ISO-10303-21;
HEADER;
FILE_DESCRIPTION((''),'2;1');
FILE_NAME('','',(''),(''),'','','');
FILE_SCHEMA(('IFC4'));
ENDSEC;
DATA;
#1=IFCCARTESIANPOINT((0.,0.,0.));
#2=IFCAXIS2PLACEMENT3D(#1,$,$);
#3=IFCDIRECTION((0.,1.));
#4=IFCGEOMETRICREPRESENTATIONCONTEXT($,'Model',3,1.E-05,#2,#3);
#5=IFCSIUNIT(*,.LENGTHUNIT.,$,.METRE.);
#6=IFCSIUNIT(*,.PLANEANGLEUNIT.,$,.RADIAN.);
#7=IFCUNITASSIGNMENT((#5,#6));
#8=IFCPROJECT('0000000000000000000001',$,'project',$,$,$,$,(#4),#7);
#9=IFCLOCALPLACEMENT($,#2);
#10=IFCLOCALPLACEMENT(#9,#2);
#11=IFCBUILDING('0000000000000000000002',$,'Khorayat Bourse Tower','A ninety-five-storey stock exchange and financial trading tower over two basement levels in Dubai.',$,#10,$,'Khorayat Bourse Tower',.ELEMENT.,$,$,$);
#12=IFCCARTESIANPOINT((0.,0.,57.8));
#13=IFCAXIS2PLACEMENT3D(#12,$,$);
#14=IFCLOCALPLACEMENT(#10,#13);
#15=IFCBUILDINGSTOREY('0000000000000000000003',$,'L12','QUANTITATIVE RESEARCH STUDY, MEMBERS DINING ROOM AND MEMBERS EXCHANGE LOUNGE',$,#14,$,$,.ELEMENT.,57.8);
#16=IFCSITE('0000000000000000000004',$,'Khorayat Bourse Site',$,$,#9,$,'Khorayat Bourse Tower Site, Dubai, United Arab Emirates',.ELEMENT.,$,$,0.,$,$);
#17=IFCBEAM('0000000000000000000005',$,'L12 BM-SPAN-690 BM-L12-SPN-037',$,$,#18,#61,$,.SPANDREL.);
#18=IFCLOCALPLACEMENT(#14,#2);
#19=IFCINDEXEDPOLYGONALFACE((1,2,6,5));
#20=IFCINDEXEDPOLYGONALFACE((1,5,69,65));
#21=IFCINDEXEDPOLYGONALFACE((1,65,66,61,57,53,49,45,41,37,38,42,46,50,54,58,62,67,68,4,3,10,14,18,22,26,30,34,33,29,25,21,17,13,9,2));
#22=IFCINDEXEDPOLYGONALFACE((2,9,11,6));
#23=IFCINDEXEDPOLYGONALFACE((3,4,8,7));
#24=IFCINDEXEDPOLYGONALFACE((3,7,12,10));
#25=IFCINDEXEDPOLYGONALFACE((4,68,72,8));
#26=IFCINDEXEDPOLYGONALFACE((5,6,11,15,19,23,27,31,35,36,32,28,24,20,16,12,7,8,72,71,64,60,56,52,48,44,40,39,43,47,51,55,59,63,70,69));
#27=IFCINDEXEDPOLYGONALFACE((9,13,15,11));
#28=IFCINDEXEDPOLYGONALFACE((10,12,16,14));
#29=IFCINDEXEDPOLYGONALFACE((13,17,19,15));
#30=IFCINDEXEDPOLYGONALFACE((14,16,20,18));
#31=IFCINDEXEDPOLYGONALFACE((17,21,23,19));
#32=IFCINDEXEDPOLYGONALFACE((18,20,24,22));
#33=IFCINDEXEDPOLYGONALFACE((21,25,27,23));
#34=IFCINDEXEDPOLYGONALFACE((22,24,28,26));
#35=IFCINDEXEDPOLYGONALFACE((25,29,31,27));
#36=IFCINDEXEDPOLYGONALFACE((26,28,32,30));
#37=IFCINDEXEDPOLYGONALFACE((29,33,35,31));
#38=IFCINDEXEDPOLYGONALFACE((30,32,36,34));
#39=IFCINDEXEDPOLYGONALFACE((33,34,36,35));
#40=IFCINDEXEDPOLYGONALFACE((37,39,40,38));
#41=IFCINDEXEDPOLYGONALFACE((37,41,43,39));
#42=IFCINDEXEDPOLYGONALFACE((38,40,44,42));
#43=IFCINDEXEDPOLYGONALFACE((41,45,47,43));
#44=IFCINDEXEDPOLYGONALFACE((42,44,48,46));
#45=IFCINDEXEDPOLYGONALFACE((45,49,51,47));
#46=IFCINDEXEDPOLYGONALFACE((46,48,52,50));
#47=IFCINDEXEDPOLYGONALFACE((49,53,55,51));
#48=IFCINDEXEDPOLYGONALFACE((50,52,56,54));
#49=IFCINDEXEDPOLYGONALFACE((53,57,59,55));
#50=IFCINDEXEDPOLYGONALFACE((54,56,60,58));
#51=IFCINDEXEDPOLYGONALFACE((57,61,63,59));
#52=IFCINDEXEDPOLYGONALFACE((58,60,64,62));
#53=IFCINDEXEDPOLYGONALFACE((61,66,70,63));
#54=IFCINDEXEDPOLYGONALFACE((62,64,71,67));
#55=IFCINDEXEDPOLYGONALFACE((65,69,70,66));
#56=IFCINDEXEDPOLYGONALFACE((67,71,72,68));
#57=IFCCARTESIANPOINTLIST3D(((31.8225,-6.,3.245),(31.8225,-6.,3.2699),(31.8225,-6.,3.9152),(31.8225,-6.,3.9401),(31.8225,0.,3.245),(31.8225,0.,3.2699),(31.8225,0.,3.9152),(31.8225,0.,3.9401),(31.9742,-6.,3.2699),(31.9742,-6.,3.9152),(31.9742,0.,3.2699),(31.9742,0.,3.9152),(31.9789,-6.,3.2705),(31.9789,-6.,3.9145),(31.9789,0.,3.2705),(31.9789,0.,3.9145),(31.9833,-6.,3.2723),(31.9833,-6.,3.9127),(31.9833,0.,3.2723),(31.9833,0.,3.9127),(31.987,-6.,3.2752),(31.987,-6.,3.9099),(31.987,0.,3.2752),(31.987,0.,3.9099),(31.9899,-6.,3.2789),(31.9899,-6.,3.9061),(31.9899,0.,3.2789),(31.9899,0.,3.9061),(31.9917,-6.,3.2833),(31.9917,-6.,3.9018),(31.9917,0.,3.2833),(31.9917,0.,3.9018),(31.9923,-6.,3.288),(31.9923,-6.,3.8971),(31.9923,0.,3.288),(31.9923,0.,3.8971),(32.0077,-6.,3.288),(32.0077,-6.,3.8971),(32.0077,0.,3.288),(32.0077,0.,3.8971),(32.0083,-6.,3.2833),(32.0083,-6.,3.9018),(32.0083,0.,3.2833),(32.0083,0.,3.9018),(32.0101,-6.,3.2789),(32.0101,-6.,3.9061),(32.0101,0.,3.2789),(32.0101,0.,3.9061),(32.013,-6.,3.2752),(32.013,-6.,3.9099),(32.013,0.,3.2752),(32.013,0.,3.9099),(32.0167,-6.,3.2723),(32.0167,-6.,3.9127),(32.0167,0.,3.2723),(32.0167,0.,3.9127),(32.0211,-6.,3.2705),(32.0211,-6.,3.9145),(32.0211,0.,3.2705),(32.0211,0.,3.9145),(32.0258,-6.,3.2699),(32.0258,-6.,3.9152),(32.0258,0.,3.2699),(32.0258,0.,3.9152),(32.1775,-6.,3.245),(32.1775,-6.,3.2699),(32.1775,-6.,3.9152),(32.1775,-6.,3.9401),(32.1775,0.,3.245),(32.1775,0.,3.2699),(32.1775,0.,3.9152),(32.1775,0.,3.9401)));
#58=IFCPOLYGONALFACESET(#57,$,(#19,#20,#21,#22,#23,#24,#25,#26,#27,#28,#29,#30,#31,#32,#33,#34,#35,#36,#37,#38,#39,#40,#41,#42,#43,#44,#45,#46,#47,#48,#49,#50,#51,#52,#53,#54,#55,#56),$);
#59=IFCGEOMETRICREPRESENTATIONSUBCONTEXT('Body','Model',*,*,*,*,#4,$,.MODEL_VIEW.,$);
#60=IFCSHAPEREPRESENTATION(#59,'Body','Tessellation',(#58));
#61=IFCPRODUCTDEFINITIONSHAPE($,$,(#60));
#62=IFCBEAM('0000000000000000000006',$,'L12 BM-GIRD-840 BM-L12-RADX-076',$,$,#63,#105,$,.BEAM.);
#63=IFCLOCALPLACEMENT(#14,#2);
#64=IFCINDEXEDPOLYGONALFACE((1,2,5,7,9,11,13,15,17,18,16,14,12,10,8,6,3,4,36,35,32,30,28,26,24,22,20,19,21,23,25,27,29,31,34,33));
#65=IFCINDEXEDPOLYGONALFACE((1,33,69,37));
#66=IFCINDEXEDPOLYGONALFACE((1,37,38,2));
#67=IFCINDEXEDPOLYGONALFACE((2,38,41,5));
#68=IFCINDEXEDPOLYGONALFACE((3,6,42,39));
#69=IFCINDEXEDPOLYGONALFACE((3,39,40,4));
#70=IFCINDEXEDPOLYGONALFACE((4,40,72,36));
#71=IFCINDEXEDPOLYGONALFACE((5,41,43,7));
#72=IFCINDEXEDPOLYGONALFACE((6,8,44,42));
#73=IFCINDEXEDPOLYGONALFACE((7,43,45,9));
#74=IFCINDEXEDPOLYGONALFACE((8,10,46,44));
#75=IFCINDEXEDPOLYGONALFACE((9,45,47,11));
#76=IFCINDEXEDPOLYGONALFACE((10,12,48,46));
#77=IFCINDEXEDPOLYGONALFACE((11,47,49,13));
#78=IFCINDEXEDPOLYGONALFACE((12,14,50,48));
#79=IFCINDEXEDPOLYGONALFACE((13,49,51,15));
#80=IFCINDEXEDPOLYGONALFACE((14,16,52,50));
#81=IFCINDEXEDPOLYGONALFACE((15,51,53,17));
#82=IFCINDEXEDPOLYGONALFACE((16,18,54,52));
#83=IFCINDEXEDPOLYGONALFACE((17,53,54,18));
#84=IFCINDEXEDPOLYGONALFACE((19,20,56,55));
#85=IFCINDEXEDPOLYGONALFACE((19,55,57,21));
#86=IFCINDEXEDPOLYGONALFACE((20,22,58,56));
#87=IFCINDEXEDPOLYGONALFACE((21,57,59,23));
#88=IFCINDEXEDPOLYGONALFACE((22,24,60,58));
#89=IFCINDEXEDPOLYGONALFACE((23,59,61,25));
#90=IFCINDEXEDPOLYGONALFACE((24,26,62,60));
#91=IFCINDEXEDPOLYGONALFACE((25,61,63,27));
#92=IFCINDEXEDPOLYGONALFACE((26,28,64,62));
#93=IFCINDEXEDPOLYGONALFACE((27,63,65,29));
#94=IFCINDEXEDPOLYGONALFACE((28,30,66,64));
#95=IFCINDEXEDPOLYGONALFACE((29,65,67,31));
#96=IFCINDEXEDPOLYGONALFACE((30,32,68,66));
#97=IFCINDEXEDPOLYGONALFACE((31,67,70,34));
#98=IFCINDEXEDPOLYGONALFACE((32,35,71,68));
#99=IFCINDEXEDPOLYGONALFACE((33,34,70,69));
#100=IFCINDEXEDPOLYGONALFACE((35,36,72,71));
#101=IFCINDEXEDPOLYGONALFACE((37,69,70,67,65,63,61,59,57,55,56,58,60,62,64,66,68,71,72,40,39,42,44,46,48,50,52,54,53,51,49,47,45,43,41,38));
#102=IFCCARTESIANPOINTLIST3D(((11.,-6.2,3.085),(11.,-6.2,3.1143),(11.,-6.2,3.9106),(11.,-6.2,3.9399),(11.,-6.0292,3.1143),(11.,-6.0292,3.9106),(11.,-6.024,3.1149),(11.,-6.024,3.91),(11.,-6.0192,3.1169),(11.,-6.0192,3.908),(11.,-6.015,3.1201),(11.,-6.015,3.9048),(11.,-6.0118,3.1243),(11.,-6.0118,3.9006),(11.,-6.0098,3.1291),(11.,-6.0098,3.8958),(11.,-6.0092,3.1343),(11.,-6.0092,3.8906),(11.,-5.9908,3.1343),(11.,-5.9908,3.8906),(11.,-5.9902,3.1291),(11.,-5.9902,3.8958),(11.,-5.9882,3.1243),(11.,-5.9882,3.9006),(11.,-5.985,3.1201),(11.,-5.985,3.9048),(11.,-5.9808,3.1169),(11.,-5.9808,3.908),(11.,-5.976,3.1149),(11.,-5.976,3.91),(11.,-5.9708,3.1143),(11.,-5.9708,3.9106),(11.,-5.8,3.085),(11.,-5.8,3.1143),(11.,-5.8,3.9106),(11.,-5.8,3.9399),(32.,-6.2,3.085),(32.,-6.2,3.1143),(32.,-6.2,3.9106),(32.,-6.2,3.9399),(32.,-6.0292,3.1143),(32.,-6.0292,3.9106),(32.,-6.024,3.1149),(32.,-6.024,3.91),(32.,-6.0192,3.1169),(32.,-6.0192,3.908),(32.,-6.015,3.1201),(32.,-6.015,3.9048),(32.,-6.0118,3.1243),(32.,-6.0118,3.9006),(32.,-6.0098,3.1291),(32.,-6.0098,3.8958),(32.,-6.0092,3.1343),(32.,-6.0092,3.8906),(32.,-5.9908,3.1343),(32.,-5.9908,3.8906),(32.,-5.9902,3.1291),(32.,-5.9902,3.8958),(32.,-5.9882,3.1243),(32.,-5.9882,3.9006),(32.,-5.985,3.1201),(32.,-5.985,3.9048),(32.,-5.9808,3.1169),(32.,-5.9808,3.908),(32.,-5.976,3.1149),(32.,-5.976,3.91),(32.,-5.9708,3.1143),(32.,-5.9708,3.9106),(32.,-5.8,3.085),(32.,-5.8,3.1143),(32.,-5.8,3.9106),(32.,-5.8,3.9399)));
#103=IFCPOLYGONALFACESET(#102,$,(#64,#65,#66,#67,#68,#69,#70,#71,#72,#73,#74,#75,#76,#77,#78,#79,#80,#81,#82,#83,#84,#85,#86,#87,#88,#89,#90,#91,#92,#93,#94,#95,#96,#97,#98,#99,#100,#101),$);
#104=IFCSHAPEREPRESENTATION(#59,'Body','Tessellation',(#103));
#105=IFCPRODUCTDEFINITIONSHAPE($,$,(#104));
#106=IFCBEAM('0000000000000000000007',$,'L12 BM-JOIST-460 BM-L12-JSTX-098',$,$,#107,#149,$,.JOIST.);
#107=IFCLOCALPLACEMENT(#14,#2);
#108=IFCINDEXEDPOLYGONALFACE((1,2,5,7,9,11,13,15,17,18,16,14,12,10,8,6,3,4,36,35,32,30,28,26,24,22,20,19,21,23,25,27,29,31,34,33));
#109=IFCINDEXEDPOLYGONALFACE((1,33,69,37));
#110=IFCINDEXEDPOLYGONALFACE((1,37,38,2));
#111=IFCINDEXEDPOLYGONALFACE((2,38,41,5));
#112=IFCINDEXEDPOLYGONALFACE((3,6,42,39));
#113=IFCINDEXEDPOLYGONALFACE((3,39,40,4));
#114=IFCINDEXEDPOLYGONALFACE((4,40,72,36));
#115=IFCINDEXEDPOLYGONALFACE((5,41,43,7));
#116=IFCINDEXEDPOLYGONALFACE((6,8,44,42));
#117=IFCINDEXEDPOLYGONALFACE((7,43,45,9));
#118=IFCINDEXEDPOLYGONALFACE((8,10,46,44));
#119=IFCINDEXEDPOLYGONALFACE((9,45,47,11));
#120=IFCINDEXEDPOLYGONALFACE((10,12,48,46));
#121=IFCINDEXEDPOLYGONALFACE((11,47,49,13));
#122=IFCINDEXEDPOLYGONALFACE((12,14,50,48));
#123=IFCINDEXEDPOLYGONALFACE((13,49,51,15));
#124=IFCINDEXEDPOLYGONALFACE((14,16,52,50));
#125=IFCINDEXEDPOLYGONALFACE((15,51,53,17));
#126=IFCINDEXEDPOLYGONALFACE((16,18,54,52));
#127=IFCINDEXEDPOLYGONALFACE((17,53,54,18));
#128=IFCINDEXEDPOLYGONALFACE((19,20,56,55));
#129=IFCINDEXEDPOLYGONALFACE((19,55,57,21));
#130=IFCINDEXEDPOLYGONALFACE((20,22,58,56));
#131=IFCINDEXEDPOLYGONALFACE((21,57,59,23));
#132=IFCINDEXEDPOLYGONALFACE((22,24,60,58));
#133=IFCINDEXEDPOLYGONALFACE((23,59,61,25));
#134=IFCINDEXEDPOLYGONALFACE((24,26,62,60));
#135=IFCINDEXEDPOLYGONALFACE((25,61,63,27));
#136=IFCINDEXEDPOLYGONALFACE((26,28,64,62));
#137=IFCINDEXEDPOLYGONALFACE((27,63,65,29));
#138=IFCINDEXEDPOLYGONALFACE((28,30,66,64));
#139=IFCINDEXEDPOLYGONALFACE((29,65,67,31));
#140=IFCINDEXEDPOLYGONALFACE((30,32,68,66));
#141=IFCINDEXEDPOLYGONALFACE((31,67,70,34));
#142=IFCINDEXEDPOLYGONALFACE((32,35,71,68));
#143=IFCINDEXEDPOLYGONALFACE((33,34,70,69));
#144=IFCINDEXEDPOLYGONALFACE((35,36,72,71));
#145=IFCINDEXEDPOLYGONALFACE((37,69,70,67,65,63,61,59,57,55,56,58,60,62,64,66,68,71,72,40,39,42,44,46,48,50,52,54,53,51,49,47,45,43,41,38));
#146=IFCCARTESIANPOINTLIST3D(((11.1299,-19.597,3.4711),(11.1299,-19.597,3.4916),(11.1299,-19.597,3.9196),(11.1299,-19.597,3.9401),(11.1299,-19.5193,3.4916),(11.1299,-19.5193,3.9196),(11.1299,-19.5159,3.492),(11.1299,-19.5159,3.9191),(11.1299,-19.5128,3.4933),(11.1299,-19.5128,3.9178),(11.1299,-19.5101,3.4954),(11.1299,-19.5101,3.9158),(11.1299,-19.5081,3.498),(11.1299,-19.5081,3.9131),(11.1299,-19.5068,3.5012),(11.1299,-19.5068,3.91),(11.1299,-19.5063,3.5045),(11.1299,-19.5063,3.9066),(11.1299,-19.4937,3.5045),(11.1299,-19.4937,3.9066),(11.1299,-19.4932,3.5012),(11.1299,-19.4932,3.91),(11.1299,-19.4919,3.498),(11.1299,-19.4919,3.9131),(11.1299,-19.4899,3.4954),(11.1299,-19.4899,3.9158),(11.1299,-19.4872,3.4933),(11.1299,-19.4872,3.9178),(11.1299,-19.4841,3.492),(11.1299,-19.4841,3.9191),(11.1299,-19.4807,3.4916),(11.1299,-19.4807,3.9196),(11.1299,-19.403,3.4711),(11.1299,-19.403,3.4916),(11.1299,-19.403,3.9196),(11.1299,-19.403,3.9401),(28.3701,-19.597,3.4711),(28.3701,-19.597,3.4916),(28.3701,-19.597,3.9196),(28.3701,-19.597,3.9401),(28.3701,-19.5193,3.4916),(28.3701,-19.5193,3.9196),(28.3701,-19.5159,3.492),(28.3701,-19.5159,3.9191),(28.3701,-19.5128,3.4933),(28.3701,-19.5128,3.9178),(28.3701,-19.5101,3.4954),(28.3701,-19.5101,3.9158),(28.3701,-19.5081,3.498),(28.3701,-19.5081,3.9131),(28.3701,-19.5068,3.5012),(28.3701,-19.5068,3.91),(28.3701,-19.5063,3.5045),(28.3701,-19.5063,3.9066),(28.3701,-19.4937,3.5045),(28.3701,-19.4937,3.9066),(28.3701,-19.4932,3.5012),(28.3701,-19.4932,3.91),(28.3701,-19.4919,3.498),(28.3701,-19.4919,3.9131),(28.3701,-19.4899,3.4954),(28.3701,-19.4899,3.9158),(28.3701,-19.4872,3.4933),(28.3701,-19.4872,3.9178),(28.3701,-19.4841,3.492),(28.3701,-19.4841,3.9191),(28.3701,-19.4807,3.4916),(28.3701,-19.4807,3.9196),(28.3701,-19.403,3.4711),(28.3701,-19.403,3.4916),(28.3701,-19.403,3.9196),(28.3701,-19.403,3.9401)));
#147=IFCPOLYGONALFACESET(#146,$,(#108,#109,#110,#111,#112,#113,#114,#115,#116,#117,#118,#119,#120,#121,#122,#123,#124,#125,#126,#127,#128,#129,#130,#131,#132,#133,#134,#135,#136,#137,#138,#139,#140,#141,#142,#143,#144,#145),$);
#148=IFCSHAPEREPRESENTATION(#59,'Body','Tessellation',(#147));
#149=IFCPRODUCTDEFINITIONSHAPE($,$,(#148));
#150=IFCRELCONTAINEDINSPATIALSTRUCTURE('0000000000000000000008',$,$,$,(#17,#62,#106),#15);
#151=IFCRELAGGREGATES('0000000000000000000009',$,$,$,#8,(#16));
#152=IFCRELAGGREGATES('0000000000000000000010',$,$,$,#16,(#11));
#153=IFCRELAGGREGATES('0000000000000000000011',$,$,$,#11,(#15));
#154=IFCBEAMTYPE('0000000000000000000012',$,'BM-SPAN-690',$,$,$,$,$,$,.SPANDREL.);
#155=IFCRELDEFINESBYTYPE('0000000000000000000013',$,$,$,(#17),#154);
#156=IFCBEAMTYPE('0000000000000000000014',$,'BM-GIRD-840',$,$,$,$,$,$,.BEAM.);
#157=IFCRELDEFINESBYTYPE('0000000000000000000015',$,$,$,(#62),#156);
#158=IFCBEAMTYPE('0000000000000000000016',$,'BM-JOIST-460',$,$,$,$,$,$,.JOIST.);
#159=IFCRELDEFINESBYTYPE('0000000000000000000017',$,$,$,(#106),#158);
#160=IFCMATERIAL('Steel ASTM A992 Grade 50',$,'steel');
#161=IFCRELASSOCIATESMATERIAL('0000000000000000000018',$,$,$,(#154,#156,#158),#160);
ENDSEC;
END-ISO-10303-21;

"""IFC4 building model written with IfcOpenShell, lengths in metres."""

from ifc_helpers import new_model, si_unit, direction, frame, origin, origin_2d, place, context, subcontext, project, spatial, i_section, extrude, source, transform, mapped, material, material_profile, profile_set, type_object, element, save


model = new_model("IFC4")

# Units and contexts
model_context = context("Model", 3, precision=1e-05, world=origin(), true_north=direction((0.0, 1.0)))
body_context = subcontext(model_context, "Body", "Model", "MODEL_VIEW")
ifc_project = project(units=[si_unit("LENGTHUNIT", "METRE"), si_unit("PLANEANGLEUNIT", "RADIAN")], contexts=[model_context])

# Site, building, storey
site_placement = place(None, origin())
site = spatial("IfcSite", under=ifc_project, at=site_placement, Name="Khorayat Bourse Site", LongName="Khorayat Bourse Tower Site, Dubai, United Arab Emirates", CompositionType="ELEMENT", RefElevation=0.0)
building_placement = place(site_placement, origin())
building = spatial("IfcBuilding", under=site, at=building_placement, Name="Khorayat Bourse Tower", Description="A ninety-five-storey stock exchange and financial trading tower over two basement levels in Dubai.", LongName="Khorayat Bourse Tower", CompositionType="ELEMENT")
storey_placement = place(building_placement, frame((0.0, 0.0, 57.8)))
storey = spatial("IfcBuildingStorey", under=building, at=storey_placement, Name="L12", Description="QUANTITATIVE RESEARCH STUDY, MEMBERS DINING ROOM AND MEMBERS EXCHANGE LOUNGE", CompositionType="ELEMENT", Elevation=57.8)

# Beams
ifc_material_1 = material(Name="Steel ASTM A992 Grade 50", Category="steel")
ifc_material_profile_1 = material_profile(ifc_material_1, i_section(OverallWidth=0.355, OverallDepth=0.6951, WebThickness=0.0154, FlangeThickness=0.0249, FilletRadius=0.0181, at=origin_2d()), Name="W690X217")
ifc_profile_set_1 = profile_set([ifc_material_profile_1], Name="Steel ASTM A992 Grade 50")
beam_type_1 = type_object("IfcBeamType", Name="BM-SPAN-690", PredefinedType="SPANDREL", material=ifc_profile_set_1)
shared_shape_1 = source(origin(), body_context, "Body", "SweptSolid", [
    extrude(i_section(OverallWidth=0.355, OverallDepth=0.6951, WebThickness=0.0154, FlangeThickness=0.0249, FilletRadius=0.0181, at=origin_2d()), origin(), (0.0, 0.0, 1.0), 6.0),
])
beam_1_placement = place(storey_placement, frame((32.0, -6.0, 3.5925), z_axis=(0.0, 1.0, 0.0), x_axis=(-1.0, 0.0, 0.0)))
element("IfcBeam", 1, at=beam_1_placement, inside=storey, type_object=beam_type_1, Name="L12 BM-SPAN-690 BM-L12-SPN-037", PredefinedType="SPANDREL", context=body_context, shape_type="MappedRepresentation", body=[
    mapped(shared_shape_1, transform((0.0, 0.0, 0.0), scale=1.0)),
])
ifc_material_profile_2 = material_profile(ifc_material_1, i_section(OverallWidth=0.3999, OverallDepth=0.855, WebThickness=0.0183, FlangeThickness=0.0293, FilletRadius=0.02, at=origin_2d()), Name="W840X299")
ifc_profile_set_2 = profile_set([ifc_material_profile_2], Name="Steel ASTM A992 Grade 50")
beam_type_2 = type_object("IfcBeamType", Name="BM-GIRD-840", PredefinedType="BEAM", material=ifc_profile_set_2)
shared_shape_2 = source(origin(), body_context, "Body", "SweptSolid", [
    extrude(i_section(OverallWidth=0.3999, OverallDepth=0.855, WebThickness=0.0183, FlangeThickness=0.0293, FilletRadius=0.02, at=origin_2d()), origin(), (0.0, 0.0, 1.0), 21.0),
])
beam_2_placement = place(storey_placement, frame((11.0, -6.0, 3.5125), z_axis=(1.0, 0.0, 0.0), x_axis=(0.0, 1.0, 0.0)))
element("IfcBeam", 2, at=beam_2_placement, inside=storey, type_object=beam_type_2, Name="L12 BM-GIRD-840 BM-L12-RADX-076", PredefinedType="BEAM", context=body_context, shape_type="MappedRepresentation", body=[
    mapped(shared_shape_2, transform((0.0, 0.0, 0.0), scale=1.0)),
])
ifc_material_profile_3 = material_profile(ifc_material_1, i_section(OverallWidth=0.1941, OverallDepth=0.469, WebThickness=0.0127, FlangeThickness=0.0205, FilletRadius=0.0129, at=origin_2d()), Name="W460X106")
ifc_profile_set_3 = profile_set([ifc_material_profile_3], Name="Steel ASTM A992 Grade 50")
beam_type_3 = type_object("IfcBeamType", Name="BM-JOIST-460", PredefinedType="JOIST", material=ifc_profile_set_3)
shared_shape_3 = source(origin(), body_context, "Body", "SweptSolid", [
    extrude(i_section(OverallWidth=0.1941, OverallDepth=0.469, WebThickness=0.0127, FlangeThickness=0.0205, FilletRadius=0.0129, at=origin_2d()), origin(), (0.0, 0.0, 1.0), 17.2402),
])
beam_3_placement = place(storey_placement, frame((11.1299, -19.5, 3.7056), z_axis=(1.0, 0.0, 0.0), x_axis=(0.0, 1.0, 0.0)))
element("IfcBeam", 3, at=beam_3_placement, inside=storey, type_object=beam_type_3, Name="L12 BM-JOIST-460 BM-L12-JSTX-098", PredefinedType="JOIST", context=body_context, shape_type="MappedRepresentation", body=[
    mapped(shared_shape_3, transform((0.0, 0.0, 0.0), scale=1.0)),
])

save(model, "model.ifc")
